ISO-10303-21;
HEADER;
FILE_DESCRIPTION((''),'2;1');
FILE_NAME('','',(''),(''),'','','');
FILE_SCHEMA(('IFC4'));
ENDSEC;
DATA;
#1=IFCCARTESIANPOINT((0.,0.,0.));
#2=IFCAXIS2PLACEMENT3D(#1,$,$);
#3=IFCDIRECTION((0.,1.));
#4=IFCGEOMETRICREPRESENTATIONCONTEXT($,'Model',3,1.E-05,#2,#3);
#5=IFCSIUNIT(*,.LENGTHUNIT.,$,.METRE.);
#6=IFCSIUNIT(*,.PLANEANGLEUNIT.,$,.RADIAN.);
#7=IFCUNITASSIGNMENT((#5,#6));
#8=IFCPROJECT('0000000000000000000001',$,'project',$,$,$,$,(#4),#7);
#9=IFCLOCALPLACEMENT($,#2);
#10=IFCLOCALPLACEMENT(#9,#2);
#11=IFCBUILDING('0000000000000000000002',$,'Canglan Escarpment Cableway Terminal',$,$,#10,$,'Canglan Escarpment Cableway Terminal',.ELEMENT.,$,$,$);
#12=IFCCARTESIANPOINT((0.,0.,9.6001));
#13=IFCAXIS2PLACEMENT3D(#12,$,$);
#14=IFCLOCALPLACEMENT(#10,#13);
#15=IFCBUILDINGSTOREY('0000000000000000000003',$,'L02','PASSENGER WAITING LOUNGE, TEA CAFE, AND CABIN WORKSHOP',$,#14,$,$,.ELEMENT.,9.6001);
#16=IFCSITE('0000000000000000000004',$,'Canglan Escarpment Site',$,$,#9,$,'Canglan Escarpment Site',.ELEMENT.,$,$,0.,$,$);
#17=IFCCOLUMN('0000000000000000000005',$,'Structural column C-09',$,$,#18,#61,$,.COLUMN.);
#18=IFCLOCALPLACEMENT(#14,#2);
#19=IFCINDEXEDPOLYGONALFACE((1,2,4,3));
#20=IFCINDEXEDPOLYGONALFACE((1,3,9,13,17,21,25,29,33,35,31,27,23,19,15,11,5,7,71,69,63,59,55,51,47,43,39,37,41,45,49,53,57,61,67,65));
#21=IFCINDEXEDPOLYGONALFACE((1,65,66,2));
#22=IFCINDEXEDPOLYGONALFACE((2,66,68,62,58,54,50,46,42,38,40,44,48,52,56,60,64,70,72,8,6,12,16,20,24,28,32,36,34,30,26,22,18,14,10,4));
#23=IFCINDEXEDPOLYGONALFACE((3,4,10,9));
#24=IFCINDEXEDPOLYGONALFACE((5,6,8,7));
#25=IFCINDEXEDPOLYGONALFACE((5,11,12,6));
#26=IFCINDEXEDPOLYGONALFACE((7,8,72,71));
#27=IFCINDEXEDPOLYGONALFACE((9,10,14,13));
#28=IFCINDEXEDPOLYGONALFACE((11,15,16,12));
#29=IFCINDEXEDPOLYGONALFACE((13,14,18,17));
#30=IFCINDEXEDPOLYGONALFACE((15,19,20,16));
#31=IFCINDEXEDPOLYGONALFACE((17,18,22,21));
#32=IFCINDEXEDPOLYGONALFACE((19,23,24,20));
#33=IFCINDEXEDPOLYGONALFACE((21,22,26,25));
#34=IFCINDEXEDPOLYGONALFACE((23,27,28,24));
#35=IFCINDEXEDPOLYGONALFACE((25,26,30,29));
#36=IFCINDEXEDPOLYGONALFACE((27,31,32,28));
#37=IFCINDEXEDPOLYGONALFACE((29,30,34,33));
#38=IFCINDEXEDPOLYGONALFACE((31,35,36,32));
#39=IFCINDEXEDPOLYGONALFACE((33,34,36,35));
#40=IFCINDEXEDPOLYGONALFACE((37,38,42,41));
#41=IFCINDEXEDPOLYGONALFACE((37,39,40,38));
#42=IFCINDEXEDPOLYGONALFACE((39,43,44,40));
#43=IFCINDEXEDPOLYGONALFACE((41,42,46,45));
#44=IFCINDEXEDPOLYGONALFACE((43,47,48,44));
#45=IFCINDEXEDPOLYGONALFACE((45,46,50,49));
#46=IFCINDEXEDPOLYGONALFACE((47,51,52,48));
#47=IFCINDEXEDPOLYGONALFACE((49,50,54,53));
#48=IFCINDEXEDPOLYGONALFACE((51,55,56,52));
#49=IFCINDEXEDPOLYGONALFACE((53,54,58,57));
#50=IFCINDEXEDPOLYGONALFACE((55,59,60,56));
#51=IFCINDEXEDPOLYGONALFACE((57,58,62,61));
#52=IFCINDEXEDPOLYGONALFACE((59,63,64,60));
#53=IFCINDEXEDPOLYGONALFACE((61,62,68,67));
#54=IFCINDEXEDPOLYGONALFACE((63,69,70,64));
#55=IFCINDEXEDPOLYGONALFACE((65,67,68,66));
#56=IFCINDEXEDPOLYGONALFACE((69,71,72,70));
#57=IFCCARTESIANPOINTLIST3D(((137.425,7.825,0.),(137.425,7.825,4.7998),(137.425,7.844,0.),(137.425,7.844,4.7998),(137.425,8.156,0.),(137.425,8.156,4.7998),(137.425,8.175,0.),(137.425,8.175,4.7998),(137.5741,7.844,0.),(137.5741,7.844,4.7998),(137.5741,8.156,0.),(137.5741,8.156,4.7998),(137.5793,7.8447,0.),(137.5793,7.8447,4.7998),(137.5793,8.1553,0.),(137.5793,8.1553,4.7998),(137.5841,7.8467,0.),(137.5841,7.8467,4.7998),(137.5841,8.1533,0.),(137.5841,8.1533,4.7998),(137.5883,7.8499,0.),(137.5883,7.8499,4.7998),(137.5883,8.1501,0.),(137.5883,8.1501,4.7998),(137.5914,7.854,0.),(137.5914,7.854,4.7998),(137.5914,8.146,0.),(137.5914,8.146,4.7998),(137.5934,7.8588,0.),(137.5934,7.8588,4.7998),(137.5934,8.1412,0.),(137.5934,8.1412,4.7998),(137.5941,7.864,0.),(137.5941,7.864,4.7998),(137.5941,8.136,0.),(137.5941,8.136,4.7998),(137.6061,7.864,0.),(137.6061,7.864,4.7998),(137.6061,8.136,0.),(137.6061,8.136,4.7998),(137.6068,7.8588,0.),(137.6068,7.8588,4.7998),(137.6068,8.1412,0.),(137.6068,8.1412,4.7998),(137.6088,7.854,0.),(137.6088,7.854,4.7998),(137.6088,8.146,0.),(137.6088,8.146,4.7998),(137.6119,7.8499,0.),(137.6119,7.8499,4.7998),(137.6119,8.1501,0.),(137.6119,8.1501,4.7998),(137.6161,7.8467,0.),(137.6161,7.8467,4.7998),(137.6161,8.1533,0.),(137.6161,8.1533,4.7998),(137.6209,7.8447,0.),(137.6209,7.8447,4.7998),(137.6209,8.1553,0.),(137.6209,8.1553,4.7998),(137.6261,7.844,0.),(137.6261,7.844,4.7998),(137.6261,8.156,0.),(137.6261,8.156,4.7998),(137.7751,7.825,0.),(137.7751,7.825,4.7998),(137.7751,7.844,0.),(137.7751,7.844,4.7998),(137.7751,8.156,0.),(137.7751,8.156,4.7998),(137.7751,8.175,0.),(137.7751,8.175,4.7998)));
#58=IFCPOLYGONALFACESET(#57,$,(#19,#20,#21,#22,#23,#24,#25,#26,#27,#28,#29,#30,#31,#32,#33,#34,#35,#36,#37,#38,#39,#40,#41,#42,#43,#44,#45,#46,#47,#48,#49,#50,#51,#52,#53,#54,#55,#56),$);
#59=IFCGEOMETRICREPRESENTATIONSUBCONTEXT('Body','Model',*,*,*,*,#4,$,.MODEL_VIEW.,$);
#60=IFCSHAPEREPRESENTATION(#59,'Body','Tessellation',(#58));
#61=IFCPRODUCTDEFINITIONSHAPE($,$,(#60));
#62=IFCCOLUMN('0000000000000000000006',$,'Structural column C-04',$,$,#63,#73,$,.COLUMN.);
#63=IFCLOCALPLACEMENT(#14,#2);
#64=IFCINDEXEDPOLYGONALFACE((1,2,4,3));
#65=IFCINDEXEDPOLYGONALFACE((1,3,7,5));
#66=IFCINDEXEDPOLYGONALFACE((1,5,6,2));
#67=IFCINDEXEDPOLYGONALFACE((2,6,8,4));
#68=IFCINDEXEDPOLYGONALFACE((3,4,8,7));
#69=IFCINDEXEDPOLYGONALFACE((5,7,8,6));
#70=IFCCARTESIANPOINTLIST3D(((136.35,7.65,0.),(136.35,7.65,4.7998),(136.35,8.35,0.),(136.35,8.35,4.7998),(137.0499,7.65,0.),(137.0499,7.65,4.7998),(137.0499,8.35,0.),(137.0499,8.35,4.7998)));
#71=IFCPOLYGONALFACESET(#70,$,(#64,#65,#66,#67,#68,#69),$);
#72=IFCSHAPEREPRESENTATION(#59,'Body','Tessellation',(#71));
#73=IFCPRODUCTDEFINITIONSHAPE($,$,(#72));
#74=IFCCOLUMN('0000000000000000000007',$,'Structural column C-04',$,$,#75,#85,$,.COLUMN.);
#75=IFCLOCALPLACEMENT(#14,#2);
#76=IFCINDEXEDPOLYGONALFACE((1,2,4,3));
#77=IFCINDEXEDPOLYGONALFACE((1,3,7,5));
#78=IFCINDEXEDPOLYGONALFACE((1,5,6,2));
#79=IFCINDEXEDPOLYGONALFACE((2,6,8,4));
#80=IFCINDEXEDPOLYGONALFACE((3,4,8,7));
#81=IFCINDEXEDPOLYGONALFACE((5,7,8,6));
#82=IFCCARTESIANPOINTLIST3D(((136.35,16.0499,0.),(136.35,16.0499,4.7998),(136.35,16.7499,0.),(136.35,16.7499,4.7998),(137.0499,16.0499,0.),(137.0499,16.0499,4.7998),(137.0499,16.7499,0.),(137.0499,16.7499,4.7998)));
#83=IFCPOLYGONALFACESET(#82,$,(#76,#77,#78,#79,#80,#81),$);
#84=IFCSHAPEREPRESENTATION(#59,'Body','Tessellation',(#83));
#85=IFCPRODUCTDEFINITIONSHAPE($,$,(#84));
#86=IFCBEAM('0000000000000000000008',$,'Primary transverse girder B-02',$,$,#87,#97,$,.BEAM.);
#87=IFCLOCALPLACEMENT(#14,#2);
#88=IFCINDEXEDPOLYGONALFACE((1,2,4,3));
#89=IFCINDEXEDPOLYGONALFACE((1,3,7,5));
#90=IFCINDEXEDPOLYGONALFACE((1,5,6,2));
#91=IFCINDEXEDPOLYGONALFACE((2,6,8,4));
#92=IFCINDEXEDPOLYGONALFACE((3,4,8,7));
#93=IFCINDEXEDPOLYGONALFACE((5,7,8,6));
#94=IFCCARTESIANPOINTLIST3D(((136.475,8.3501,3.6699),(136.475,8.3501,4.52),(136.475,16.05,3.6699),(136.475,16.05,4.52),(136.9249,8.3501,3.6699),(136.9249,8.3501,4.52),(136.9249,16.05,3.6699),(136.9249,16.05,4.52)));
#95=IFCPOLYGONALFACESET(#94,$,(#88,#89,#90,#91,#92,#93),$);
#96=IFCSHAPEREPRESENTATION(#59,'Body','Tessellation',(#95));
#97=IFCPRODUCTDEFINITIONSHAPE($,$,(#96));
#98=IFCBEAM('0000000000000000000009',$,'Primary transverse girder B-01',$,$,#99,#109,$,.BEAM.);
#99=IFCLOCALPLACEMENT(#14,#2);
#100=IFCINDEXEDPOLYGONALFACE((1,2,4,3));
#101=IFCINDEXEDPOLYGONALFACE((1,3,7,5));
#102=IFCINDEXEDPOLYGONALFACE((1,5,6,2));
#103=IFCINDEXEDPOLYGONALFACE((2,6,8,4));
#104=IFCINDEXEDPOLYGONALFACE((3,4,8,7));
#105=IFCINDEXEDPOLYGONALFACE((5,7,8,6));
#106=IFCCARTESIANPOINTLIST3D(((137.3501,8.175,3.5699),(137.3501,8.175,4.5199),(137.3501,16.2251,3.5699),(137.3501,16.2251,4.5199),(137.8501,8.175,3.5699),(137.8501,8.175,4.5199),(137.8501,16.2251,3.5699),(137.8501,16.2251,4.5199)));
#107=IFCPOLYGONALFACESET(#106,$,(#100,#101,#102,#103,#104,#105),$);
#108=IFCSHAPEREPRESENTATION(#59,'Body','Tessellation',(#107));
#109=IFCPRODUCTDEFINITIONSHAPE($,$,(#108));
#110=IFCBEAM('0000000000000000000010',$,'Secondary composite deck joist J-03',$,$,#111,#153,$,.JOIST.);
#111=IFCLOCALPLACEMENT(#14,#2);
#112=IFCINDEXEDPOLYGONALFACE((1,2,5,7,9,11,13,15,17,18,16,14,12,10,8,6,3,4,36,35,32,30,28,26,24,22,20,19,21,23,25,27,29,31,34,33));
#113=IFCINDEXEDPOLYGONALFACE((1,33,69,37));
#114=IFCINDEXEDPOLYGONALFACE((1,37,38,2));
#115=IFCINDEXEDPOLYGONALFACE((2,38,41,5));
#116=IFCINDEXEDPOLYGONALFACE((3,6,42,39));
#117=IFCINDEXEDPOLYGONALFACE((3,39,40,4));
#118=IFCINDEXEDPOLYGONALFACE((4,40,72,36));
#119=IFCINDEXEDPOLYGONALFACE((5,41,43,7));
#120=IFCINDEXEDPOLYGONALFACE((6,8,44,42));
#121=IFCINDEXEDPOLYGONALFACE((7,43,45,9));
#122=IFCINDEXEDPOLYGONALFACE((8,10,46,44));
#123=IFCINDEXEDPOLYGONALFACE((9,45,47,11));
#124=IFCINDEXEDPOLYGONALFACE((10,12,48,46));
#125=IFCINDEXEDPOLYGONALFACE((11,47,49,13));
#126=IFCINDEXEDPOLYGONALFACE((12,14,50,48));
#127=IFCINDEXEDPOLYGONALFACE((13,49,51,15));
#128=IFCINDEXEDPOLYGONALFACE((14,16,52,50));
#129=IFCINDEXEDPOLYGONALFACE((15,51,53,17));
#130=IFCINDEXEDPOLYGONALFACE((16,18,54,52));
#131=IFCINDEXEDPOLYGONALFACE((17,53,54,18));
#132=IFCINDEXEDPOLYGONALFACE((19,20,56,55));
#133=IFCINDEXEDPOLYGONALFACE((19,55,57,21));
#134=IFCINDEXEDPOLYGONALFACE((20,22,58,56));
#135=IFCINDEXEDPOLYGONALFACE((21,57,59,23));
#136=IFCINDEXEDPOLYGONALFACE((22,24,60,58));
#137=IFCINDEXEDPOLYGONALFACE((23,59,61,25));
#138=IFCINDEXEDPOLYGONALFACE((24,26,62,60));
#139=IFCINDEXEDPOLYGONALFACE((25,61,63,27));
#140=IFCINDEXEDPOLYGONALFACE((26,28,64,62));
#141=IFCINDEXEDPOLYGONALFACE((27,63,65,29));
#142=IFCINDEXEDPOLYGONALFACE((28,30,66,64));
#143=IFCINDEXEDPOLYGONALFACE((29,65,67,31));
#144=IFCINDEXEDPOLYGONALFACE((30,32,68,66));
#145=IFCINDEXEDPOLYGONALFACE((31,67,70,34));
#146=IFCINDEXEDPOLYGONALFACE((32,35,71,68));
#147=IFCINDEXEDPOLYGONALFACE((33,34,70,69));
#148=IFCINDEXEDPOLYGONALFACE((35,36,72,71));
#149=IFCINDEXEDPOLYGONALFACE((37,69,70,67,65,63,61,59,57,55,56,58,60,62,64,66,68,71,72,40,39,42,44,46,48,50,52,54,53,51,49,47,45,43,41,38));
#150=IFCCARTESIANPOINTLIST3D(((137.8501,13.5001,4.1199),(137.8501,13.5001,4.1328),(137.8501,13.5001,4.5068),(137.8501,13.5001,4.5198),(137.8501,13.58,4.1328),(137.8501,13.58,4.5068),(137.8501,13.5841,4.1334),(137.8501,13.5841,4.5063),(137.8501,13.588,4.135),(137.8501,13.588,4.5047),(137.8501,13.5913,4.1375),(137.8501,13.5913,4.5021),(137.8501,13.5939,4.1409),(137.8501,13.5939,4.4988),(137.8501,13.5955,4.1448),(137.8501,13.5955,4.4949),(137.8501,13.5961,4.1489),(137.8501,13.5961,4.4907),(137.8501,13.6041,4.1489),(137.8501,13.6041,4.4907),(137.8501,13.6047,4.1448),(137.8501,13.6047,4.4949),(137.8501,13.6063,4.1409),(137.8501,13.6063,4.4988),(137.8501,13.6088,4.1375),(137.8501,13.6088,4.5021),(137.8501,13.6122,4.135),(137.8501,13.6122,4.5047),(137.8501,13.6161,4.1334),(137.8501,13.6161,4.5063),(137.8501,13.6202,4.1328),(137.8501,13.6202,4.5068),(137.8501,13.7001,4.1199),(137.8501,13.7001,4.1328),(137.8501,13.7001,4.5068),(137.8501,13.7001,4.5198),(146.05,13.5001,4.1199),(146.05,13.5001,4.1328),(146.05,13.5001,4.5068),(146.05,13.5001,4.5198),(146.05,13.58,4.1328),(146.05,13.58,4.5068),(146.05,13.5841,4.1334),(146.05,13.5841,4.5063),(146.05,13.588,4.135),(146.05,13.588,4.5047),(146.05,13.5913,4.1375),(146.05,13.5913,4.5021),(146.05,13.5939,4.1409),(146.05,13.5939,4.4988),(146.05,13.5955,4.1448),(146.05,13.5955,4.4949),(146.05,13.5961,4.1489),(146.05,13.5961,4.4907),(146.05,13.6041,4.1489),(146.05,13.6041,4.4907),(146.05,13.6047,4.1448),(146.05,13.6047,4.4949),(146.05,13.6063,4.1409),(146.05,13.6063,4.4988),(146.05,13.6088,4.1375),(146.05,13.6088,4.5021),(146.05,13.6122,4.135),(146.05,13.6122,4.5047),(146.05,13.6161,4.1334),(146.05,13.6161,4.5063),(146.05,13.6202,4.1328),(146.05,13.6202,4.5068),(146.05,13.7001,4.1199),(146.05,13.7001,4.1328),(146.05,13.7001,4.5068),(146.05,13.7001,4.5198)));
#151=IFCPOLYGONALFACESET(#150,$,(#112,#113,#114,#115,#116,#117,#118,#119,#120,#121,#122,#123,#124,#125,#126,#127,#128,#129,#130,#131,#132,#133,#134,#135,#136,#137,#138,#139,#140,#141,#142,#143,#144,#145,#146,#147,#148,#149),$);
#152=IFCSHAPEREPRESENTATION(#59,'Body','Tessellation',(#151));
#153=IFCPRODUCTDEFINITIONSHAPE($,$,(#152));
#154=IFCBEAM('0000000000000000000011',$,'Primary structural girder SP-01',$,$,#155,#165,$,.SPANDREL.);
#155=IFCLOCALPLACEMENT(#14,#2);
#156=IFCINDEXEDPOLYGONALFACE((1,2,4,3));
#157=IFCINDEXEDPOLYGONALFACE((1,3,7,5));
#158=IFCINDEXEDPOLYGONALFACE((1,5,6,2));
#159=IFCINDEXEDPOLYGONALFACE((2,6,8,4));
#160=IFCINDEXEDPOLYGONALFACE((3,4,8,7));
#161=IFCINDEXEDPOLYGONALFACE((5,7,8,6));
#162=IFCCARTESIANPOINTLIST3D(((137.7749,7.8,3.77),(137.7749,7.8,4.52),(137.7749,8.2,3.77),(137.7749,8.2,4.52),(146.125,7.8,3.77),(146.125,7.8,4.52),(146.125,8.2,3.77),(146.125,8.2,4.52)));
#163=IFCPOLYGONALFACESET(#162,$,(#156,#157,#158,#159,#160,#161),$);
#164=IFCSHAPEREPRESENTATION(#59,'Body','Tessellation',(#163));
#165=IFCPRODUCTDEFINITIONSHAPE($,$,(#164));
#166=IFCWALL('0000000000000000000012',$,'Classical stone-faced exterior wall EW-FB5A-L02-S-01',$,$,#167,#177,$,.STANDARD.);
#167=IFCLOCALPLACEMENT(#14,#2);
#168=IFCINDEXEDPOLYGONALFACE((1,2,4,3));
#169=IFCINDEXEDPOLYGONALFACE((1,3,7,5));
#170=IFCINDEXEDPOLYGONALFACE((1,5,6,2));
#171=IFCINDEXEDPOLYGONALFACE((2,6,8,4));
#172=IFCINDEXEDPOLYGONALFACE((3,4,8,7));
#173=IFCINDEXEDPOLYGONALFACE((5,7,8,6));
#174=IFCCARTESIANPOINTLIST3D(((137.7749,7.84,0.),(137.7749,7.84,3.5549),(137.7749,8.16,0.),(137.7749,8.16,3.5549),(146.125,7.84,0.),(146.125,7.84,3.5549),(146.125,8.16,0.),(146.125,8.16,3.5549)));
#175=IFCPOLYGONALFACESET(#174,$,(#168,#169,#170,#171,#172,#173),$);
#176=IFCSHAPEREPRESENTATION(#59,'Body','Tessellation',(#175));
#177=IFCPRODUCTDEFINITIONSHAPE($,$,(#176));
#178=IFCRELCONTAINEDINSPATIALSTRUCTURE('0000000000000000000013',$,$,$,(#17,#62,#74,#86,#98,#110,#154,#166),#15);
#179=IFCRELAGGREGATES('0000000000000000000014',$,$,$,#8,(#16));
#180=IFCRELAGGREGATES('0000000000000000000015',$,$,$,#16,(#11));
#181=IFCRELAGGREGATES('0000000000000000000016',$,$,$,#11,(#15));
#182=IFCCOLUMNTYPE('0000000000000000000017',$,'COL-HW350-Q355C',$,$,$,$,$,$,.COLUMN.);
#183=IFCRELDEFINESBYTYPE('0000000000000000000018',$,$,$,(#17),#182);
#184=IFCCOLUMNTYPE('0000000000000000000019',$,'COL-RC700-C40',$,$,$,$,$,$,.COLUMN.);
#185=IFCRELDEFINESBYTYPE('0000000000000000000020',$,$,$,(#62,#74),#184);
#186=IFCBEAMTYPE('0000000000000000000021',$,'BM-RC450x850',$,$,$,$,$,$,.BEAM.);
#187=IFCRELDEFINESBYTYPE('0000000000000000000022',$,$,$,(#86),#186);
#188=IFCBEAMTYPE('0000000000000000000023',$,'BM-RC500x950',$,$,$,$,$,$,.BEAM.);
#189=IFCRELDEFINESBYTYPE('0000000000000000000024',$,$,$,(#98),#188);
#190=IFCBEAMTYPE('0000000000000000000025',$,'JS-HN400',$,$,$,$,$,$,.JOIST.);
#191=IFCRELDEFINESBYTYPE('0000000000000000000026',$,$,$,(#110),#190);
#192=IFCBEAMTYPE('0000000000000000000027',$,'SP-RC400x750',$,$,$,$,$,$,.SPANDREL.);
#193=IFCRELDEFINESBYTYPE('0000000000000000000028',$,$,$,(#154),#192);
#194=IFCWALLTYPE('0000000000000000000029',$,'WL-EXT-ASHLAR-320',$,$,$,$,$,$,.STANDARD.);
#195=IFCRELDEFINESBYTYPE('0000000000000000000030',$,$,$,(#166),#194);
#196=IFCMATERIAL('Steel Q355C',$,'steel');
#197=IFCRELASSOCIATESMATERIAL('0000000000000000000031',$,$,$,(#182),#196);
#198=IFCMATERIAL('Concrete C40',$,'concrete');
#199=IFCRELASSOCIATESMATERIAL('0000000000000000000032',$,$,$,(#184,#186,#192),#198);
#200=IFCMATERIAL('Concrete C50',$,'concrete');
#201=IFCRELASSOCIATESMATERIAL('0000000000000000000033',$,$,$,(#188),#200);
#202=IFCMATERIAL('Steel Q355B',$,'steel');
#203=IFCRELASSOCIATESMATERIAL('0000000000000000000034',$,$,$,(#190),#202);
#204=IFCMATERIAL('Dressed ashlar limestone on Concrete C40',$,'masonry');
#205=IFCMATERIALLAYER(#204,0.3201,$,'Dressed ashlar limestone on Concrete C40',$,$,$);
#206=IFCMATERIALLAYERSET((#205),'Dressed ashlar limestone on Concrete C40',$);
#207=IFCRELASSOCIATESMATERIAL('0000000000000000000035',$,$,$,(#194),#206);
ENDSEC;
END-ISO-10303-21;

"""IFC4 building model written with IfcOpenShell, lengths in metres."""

from ifc_helpers import new_model, si_unit, direction, frame, frame_2d, origin, origin_2d, place, context, subcontext, project, spatial, rectangle, i_section, extrude, material, layer, layer_set, material_profile, profile_set, type_object, element, save


model = new_model("IFC4")

# Units and contexts
model_context = context("Model", 3, precision=1e-05, world=origin(), true_north=direction((0.0, 1.0)))
body_context = subcontext(model_context, "Body", "Model", "MODEL_VIEW")
ifc_project = project(units=[si_unit("LENGTHUNIT", "METRE"), si_unit("PLANEANGLEUNIT", "RADIAN")], contexts=[model_context])

# Site, building, storey
site_placement = place(None, origin())
site = spatial("IfcSite", under=ifc_project, at=site_placement, Name="Canglan Escarpment Site", LongName="Canglan Escarpment Site", CompositionType="ELEMENT", RefElevation=0.0)
building_placement = place(site_placement, origin())
building = spatial("IfcBuilding", under=site, at=building_placement, Name="Canglan Escarpment Cableway Terminal", LongName="Canglan Escarpment Cableway Terminal", CompositionType="ELEMENT")
storey_placement = place(building_placement, frame((0.0, 0.0, 9.6001)))
storey = spatial("IfcBuildingStorey", under=building, at=storey_placement, Name="L02", Description="PASSENGER WAITING LOUNGE, TEA CAFE, AND CABIN WORKSHOP", CompositionType="ELEMENT", Elevation=9.6001)

# Columns
ifc_material_1 = material(Name="Steel Q355C", Category="steel")
ifc_material_profile_1 = material_profile(ifc_material_1, i_section(OverallWidth=0.3501, OverallDepth=0.3501, WebThickness=0.012, FlangeThickness=0.019, FilletRadius=0.02, at=origin_2d()), Name="HW 350x350x12x19")
ifc_profile_set_1 = profile_set([ifc_material_profile_1], Name="Steel Q355C")
column_type_1 = type_object("IfcColumnType", Name="COL-HW350-Q355C", PredefinedType="COLUMN", material=ifc_profile_set_1)
column_placement = place(storey_placement, frame((137.6001, 8.0, 0.0), z_axis=(0.0, 0.0, 1.0), x_axis=(1.0, 0.0, 0.0)))
element("IfcColumn", 1, at=column_placement, inside=storey, type_object=column_type_1, Name="Structural column C-09", PredefinedType="COLUMN", context=body_context, shape_type="SweptSolid", body=[
    extrude(i_section(OverallWidth=0.3501, OverallDepth=0.3501, WebThickness=0.012, FlangeThickness=0.019, FilletRadius=0.02, at=origin_2d()), origin(), (0.0, 0.0, 1.0), 4.7998),
])
ifc_material_2 = material(Name="Concrete C40", Category="concrete")
ifc_material_profile_2 = material_profile(ifc_material_2, rectangle(XDim=0.7, YDim=0.7, at=origin_2d()), Name="RC 700x700")
ifc_profile_set_2 = profile_set([ifc_material_profile_2], Name="Concrete C40")
column_type_2 = type_object("IfcColumnType", Name="COL-RC700-C40", PredefinedType="COLUMN", material=ifc_profile_set_2)
for number, where, z_axis, x_axis, name in (
    (2, (136.7, 8.0, 0.0), (0.0, 0.0, 1.0), (1.0, 0.0, 0.0), "Structural column C-04"),
    (3, (136.7, 16.3999, 0.0), (0.0, 0.0, 1.0), (1.0, 0.0, 0.0), "Structural column C-04"),
):
    element("IfcColumn", number, at=place(storey_placement, frame(where, z_axis=z_axis, x_axis=x_axis)), inside=storey, type_object=column_type_2, Name=name, PredefinedType="COLUMN", context=body_context, shape_type="SweptSolid", body=[
        extrude(rectangle(XDim=0.7, YDim=0.7, at=origin_2d()), origin(), (0.0, 0.0, 1.0), 4.7998),
    ])

# Beams
ifc_material_profile_3 = material_profile(ifc_material_2, rectangle(XDim=0.45, YDim=0.8501, at=origin_2d()), Name="RC 450x850")
ifc_profile_set_3 = profile_set([ifc_material_profile_3], Name="Concrete C40")
beam_type_1 = type_object("IfcBeamType", Name="BM-RC450x850", PredefinedType="BEAM", material=ifc_profile_set_3)
beam_1_placement = place(storey_placement, frame((136.7, 8.3501, 4.095), z_axis=(0.0, 1.0, 0.0), x_axis=(-1.0, 0.0, 0.0)))
element("IfcBeam", 4, at=beam_1_placement, inside=storey, type_object=beam_type_1, Name="Primary transverse girder B-02", PredefinedType="BEAM", context=body_context, shape_type="SweptSolid", body=[
    extrude(rectangle(XDim=0.45, YDim=0.8501, at=origin_2d()), origin(), (0.0, 0.0, 1.0), 7.7),
])
ifc_material_3 = material(Name="Concrete C50", Category="concrete")
ifc_material_profile_4 = material_profile(ifc_material_3, rectangle(XDim=0.5, YDim=0.95, at=origin_2d()), Name="RC 500x950")
ifc_profile_set_4 = profile_set([ifc_material_profile_4], Name="Concrete C50")
beam_type_2 = type_object("IfcBeamType", Name="BM-RC500x950", PredefinedType="BEAM", material=ifc_profile_set_4)
beam_2_placement = place(storey_placement, frame((137.6001, 8.175, 4.0449), z_axis=(0.0, 1.0, 0.0), x_axis=(-1.0, 0.0, 0.0)))
element("IfcBeam", 5, at=beam_2_placement, inside=storey, type_object=beam_type_2, Name="Primary transverse girder B-01", PredefinedType="BEAM", context=body_context, shape_type="SweptSolid", body=[
    extrude(rectangle(XDim=0.5, YDim=0.95, at=origin_2d()), origin(), (0.0, 0.0, 1.0), 8.05),
])
ifc_material_4 = material(Name="Steel Q355B", Category="steel")
ifc_material_profile_5 = material_profile(ifc_material_4, i_section(OverallWidth=0.2, OverallDepth=0.3999, WebThickness=0.0081, FlangeThickness=0.0129, FilletRadius=0.0161, at=origin_2d()), Name="HN 400x200x8x13")
ifc_profile_set_5 = profile_set([ifc_material_profile_5], Name="Steel Q355B")
beam_type_3 = type_object("IfcBeamType", Name="JS-HN400", PredefinedType="JOIST", material=ifc_profile_set_5)
beam_3_placement = place(storey_placement, frame((137.8501, 13.6001, 4.3198), z_axis=(1.0, 0.0, 0.0), x_axis=(0.0, 1.0, 0.0)))
element("IfcBeam", 6, at=beam_3_placement, inside=storey, type_object=beam_type_3, Name="Secondary composite deck joist J-03", PredefinedType="JOIST", context=body_context, shape_type="SweptSolid", body=[
    extrude(i_section(OverallWidth=0.2, OverallDepth=0.3999, WebThickness=0.0081, FlangeThickness=0.0129, FilletRadius=0.0161, at=origin_2d()), origin(), (0.0, 0.0, 1.0), 8.2),
])
ifc_material_profile_6 = material_profile(ifc_material_2, rectangle(XDim=0.3999, YDim=0.75, at=origin_2d()), Name="RC 400x750")
ifc_profile_set_6 = profile_set([ifc_material_profile_6], Name="Concrete C40")
beam_type_4 = type_object("IfcBeamType", Name="SP-RC400x750", PredefinedType="SPANDREL", material=ifc_profile_set_6)
beam_4_placement = place(storey_placement, frame((137.7749, 8.0, 4.145), z_axis=(1.0, 0.0, 0.0), x_axis=(0.0, 1.0, 0.0)))
element("IfcBeam", 7, at=beam_4_placement, inside=storey, type_object=beam_type_4, Name="Primary structural girder SP-01", PredefinedType="SPANDREL", context=body_context, shape_type="SweptSolid", body=[
    extrude(rectangle(XDim=0.3999, YDim=0.75, at=origin_2d()), origin(), (0.0, 0.0, 1.0), 8.3501),
])

# Wall
ifc_material_5 = material(Name="Dressed ashlar limestone on Concrete C40", Category="masonry")
ifc_layer_1 = layer(ifc_material_5, 0.3201, Name="Dressed ashlar limestone on Concrete C40")
ifc_layer_set_1 = layer_set([ifc_layer_1], Name="Dressed ashlar limestone on Concrete C40")
wall_type_1 = type_object("IfcWallType", Name="WL-EXT-ASHLAR-320", PredefinedType="STANDARD", material=ifc_layer_set_1)
wall_1_placement = place(storey_placement, frame((137.7749, 8.0, 0.0), z_axis=(0.0, 0.0, 1.0), x_axis=(1.0, 0.0, 0.0)))
element("IfcWall", 8, at=wall_1_placement, inside=storey, type_object=wall_type_1, Name="Classical stone-faced exterior wall EW-FB5A-L02-S-01", PredefinedType="STANDARD", context=body_context, shape_type="SweptSolid", body=[
    extrude(rectangle(XDim=8.3501, YDim=0.3201, at=frame_2d((4.175, 0.0))), origin(), (0.0, 0.0, 1.0), 3.5549),
])

save(model, "model.ifc")
